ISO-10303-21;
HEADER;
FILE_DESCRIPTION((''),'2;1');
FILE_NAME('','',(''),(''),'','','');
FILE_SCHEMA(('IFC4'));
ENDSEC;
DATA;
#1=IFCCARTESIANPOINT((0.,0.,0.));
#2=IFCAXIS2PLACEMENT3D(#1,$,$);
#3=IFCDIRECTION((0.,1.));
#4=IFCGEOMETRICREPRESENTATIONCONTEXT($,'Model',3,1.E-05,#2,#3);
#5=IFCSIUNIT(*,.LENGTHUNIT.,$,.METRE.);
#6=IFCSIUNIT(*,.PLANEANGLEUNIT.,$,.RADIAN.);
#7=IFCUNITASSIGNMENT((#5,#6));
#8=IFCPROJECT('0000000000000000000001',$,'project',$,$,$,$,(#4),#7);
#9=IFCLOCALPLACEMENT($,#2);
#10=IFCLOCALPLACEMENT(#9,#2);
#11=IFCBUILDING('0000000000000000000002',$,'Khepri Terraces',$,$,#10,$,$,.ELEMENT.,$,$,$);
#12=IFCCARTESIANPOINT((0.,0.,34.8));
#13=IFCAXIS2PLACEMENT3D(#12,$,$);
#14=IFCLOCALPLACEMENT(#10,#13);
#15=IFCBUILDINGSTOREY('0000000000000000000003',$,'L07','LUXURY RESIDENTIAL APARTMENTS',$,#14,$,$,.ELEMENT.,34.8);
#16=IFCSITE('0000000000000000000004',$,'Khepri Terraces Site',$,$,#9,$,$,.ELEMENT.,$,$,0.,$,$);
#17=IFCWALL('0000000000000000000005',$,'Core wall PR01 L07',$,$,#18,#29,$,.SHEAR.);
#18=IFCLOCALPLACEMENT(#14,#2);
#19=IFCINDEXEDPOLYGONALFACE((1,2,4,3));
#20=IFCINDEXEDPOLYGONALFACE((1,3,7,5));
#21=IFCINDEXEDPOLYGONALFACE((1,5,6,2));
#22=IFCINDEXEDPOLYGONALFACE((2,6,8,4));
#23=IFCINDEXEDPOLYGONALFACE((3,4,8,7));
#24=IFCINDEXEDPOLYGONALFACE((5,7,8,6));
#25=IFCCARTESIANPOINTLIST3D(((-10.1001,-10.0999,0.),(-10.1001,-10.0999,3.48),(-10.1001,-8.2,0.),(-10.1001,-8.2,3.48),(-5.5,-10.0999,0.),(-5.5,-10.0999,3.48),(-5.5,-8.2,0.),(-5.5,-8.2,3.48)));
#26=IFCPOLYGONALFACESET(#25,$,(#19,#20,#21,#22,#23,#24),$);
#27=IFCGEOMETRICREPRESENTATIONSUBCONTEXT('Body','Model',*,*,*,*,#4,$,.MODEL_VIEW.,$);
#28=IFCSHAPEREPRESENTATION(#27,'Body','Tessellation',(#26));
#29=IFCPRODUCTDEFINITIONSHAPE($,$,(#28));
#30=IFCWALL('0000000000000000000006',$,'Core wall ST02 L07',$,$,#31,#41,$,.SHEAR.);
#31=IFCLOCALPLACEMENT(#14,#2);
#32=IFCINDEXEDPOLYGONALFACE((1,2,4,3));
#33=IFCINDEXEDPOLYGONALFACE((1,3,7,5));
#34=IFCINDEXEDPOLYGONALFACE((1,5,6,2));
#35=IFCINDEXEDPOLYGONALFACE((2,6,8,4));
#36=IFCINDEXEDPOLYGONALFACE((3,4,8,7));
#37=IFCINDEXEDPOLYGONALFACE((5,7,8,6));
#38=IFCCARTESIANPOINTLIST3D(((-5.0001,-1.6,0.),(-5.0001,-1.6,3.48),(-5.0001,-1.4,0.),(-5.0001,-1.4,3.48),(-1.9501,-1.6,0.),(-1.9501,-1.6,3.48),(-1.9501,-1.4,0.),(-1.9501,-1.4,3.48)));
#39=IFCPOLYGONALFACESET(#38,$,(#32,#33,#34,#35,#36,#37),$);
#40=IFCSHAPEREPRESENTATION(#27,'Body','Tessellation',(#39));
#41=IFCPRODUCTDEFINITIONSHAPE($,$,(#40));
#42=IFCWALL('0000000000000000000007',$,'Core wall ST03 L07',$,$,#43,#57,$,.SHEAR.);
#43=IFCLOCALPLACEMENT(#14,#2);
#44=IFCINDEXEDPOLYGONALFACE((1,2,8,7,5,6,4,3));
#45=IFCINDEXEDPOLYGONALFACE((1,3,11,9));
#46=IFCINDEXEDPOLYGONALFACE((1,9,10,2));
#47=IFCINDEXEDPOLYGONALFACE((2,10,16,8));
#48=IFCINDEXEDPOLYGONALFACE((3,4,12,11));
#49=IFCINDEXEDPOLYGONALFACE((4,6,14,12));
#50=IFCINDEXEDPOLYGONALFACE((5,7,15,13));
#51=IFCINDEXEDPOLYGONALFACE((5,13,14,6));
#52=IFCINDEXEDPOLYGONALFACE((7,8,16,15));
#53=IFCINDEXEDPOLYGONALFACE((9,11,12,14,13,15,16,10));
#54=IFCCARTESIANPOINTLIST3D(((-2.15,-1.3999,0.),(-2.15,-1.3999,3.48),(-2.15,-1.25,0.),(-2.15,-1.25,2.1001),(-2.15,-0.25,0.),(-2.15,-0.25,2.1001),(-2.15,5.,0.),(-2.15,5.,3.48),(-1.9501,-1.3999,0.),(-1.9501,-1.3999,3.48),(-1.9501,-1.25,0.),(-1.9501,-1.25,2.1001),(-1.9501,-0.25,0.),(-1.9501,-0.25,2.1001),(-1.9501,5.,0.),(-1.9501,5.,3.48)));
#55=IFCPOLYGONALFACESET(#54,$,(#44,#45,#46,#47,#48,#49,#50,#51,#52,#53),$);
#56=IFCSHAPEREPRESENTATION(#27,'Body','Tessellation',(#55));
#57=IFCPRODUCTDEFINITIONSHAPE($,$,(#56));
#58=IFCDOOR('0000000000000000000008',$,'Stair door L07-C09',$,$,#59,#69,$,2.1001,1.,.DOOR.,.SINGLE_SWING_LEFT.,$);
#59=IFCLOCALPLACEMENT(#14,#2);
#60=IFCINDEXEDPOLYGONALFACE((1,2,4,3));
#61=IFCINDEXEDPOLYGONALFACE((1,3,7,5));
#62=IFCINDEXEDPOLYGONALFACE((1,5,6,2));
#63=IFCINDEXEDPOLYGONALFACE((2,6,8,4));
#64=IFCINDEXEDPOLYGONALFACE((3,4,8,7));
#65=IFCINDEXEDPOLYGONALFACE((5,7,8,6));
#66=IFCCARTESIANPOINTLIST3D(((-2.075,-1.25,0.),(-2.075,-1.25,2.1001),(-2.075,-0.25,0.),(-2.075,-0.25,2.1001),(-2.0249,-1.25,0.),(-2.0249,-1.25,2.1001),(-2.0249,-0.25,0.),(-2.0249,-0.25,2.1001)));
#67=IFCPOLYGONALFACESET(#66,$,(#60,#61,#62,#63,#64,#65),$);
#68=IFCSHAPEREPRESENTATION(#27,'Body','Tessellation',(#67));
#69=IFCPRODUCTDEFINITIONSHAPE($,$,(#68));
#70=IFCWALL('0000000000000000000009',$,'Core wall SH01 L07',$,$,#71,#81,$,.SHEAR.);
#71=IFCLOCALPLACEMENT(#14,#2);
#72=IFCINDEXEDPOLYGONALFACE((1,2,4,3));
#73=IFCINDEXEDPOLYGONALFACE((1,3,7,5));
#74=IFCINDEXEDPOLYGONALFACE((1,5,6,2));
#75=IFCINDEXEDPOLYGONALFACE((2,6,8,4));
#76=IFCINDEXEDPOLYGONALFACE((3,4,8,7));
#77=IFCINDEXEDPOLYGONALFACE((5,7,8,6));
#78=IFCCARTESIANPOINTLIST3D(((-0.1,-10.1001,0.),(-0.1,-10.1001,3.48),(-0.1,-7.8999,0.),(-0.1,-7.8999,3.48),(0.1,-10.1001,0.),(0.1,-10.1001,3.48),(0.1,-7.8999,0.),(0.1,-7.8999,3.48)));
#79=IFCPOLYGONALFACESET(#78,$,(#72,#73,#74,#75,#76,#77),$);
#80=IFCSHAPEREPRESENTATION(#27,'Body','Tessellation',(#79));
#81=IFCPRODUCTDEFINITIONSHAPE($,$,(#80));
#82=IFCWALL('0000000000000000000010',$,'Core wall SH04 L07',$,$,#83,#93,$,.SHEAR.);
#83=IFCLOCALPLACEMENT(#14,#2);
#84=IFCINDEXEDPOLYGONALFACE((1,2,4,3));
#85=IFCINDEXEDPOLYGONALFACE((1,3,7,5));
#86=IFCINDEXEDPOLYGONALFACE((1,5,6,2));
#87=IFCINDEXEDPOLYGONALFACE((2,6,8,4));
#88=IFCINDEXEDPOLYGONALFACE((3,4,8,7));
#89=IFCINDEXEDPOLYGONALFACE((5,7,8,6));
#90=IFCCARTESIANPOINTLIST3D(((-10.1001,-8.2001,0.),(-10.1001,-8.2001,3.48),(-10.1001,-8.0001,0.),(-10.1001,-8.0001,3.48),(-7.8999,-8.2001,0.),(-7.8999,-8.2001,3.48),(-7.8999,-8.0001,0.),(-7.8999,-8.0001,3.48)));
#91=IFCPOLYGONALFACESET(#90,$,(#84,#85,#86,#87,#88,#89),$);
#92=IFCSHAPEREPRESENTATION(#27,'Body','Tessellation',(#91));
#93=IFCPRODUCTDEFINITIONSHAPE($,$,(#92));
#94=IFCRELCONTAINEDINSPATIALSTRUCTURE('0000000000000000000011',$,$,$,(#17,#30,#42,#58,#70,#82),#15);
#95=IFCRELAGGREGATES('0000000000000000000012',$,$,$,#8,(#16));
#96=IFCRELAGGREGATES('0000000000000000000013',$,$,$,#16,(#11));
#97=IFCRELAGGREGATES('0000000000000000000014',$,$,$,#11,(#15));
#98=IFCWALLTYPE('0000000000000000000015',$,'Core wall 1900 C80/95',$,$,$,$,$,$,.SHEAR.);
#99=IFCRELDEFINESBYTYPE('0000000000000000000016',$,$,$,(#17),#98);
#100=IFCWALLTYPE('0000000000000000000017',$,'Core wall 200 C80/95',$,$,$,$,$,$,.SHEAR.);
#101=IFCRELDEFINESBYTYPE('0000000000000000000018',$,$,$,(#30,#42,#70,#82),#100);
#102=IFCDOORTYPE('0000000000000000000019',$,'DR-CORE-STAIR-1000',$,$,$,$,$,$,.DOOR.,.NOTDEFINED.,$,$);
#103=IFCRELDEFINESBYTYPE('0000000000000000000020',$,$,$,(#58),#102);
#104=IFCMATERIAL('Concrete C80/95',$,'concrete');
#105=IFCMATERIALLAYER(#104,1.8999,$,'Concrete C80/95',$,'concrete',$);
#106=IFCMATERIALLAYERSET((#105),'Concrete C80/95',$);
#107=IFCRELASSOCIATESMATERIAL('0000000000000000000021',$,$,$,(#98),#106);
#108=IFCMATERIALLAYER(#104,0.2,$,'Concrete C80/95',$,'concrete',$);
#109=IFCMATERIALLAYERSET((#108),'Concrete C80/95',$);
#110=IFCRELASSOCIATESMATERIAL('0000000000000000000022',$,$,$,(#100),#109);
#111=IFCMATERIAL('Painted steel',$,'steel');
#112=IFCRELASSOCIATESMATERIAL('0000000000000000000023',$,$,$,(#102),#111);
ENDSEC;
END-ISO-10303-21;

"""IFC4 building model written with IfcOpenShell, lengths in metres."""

from ifc_helpers import new_model, si_unit, direction, frame, frame_2d, origin, place, context, subcontext, project, spatial, rectangle, extrude, material, layer, layer_set, type_object, element, fill, save


model = new_model("IFC4")

# Units and contexts
model_context = context("Model", 3, precision=1e-05, world=origin(), true_north=direction((0.0, 1.0)))
body_context = subcontext(model_context, "Body", "Model", "MODEL_VIEW")
ifc_project = project(units=[si_unit("LENGTHUNIT", "METRE"), si_unit("PLANEANGLEUNIT", "RADIAN")], contexts=[model_context])

# Site, building, storey
site_placement = place(None, origin())
site = spatial("IfcSite", under=ifc_project, at=site_placement, Name="Khepri Terraces Site", CompositionType="ELEMENT", RefElevation=0.0)
building_placement = place(site_placement, origin())
building = spatial("IfcBuilding", under=site, at=building_placement, Name="Khepri Terraces", CompositionType="ELEMENT")
storey_placement = place(building_placement, frame((0.0, 0.0, 34.8)))
storey = spatial("IfcBuildingStorey", under=building, at=storey_placement, Name="L07", Description="LUXURY RESIDENTIAL APARTMENTS", CompositionType="ELEMENT", Elevation=34.8)

# Walls
ifc_material_1 = material(Name="Concrete C80/95", Category="concrete")
ifc_layer_1 = layer(ifc_material_1, 1.8999, Name="Concrete C80/95", Category="concrete")
ifc_layer_set_1 = layer_set([ifc_layer_1], Name="Concrete C80/95")
wall_type_1 = type_object("IfcWallType", Name="Core wall 1900 C80/95", PredefinedType="SHEAR", material=ifc_layer_set_1)
wall_1_placement = place(storey_placement, frame((-10.1001, -9.1499, 0.0), z_axis=(0.0, 0.0, 1.0), x_axis=(1.0, 0.0, 0.0)))
element("IfcWall", 1, at=wall_1_placement, inside=storey, type_object=wall_type_1, Name="Core wall PR01 L07", PredefinedType="SHEAR", context=body_context, shape_type="SweptSolid", body=[
    extrude(rectangle(XDim=4.6001, YDim=1.8999, at=frame_2d((2.3, 0.0))), origin(), (0.0, 0.0, 1.0), 3.48),
])
ifc_layer_2 = layer(ifc_material_1, 0.2, Name="Concrete C80/95", Category="concrete")
ifc_layer_set_2 = layer_set([ifc_layer_2], Name="Concrete C80/95")
wall_type_2 = type_object("IfcWallType", Name="Core wall 200 C80/95", PredefinedType="SHEAR", material=ifc_layer_set_2)
wall_2_placement = place(storey_placement, frame((-5.0, -1.5, 0.0), z_axis=(0.0, 0.0, 1.0), x_axis=(1.0, 0.0, 0.0)))
element("IfcWall", 2, at=wall_2_placement, inside=storey, type_object=wall_type_2, Name="Core wall ST02 L07", PredefinedType="SHEAR", context=body_context, shape_type="SweptSolid", body=[
    extrude(rectangle(XDim=3.05, YDim=0.2, at=frame_2d((1.5249, 0.0))), origin(), (0.0, 0.0, 1.0), 3.48),
])

# Wall, opening, door
wall_3_placement = place(storey_placement, frame((-2.05, -1.3999, 0.0), z_axis=(0.0, 0.0, 1.0), x_axis=(0.0, 1.0, 0.0)))
wall_3 = element("IfcWall", 3, at=wall_3_placement, inside=storey, type_object=wall_type_2, Name="Core wall ST03 L07", PredefinedType="SHEAR", context=body_context, shape_type="SweptSolid", body=[
    extrude(rectangle(XDim=6.3999, YDim=0.2, at=frame_2d((3.2, 0.0))), origin(), (0.0, 0.0, 1.0), 3.48),
])
opening_1_placement = place(wall_3_placement, frame((0.1499, 0.0, 0.0)))
opening_1 = element("IfcOpeningElement", 4, at=opening_1_placement, cuts=wall_3, PredefinedType="OPENING", context=body_context, shape_type="SweptSolid", body=[
    extrude(rectangle(XDim=1.0, YDim=2.1001, at=frame_2d((0.5, 1.05))), frame((0.0, 0.1099, 0.0), z_axis=(0.0, -1.0, 0.0), x_axis=(1.0, 0.0, 0.0)), (0.0, 0.0, 1.0), 0.22),
])
ifc_material_2 = material(Name="Painted steel", Category="steel")
door_type_1 = type_object("IfcDoorType", Name="DR-CORE-STAIR-1000", OperationType="NOTDEFINED", PredefinedType="DOOR", material=ifc_material_2)
door_1_placement = place(opening_1_placement, origin())
door_1 = element("IfcDoor", 5, at=door_1_placement, inside=storey, type_object=door_type_1, Name="Stair door L07-C09", OperationType="SINGLE_SWING_LEFT", OverallHeight=2.1001, OverallWidth=1.0, PredefinedType="DOOR", context=body_context, shape_type="SweptSolid", body=[
    extrude(rectangle(XDim=1.0, YDim=2.1001, at=frame_2d((0.5, 1.05))), frame((0.0, 0.0249, 0.0), z_axis=(0.0, -1.0, 0.0), x_axis=(1.0, 0.0, 0.0)), (0.0, 0.0, 1.0), 0.05),
])
fill(opening_1, door_1)

# Walls
for number, where, z_axis, x_axis, name in (
    (6, (0.0, -10.1001, 0.0), (0.0, 0.0, 1.0), (0.0, 1.0, 0.0), "Core wall SH01 L07"),
    (7, (-10.1001, -8.1001, 0.0), (0.0, 0.0, 1.0), (1.0, 0.0, 0.0), "Core wall SH04 L07"),
):
    element("IfcWall", number, at=place(storey_placement, frame(where, z_axis=z_axis, x_axis=x_axis)), inside=storey, type_object=wall_type_2, Name=name, PredefinedType="SHEAR", context=body_context, shape_type="SweptSolid", body=[
        extrude(rectangle(XDim=2.2002, YDim=0.2, at=frame_2d((1.1001, 0.0))), origin(), (0.0, 0.0, 1.0), 3.48),
    ])

save(model, "model.ifc")
